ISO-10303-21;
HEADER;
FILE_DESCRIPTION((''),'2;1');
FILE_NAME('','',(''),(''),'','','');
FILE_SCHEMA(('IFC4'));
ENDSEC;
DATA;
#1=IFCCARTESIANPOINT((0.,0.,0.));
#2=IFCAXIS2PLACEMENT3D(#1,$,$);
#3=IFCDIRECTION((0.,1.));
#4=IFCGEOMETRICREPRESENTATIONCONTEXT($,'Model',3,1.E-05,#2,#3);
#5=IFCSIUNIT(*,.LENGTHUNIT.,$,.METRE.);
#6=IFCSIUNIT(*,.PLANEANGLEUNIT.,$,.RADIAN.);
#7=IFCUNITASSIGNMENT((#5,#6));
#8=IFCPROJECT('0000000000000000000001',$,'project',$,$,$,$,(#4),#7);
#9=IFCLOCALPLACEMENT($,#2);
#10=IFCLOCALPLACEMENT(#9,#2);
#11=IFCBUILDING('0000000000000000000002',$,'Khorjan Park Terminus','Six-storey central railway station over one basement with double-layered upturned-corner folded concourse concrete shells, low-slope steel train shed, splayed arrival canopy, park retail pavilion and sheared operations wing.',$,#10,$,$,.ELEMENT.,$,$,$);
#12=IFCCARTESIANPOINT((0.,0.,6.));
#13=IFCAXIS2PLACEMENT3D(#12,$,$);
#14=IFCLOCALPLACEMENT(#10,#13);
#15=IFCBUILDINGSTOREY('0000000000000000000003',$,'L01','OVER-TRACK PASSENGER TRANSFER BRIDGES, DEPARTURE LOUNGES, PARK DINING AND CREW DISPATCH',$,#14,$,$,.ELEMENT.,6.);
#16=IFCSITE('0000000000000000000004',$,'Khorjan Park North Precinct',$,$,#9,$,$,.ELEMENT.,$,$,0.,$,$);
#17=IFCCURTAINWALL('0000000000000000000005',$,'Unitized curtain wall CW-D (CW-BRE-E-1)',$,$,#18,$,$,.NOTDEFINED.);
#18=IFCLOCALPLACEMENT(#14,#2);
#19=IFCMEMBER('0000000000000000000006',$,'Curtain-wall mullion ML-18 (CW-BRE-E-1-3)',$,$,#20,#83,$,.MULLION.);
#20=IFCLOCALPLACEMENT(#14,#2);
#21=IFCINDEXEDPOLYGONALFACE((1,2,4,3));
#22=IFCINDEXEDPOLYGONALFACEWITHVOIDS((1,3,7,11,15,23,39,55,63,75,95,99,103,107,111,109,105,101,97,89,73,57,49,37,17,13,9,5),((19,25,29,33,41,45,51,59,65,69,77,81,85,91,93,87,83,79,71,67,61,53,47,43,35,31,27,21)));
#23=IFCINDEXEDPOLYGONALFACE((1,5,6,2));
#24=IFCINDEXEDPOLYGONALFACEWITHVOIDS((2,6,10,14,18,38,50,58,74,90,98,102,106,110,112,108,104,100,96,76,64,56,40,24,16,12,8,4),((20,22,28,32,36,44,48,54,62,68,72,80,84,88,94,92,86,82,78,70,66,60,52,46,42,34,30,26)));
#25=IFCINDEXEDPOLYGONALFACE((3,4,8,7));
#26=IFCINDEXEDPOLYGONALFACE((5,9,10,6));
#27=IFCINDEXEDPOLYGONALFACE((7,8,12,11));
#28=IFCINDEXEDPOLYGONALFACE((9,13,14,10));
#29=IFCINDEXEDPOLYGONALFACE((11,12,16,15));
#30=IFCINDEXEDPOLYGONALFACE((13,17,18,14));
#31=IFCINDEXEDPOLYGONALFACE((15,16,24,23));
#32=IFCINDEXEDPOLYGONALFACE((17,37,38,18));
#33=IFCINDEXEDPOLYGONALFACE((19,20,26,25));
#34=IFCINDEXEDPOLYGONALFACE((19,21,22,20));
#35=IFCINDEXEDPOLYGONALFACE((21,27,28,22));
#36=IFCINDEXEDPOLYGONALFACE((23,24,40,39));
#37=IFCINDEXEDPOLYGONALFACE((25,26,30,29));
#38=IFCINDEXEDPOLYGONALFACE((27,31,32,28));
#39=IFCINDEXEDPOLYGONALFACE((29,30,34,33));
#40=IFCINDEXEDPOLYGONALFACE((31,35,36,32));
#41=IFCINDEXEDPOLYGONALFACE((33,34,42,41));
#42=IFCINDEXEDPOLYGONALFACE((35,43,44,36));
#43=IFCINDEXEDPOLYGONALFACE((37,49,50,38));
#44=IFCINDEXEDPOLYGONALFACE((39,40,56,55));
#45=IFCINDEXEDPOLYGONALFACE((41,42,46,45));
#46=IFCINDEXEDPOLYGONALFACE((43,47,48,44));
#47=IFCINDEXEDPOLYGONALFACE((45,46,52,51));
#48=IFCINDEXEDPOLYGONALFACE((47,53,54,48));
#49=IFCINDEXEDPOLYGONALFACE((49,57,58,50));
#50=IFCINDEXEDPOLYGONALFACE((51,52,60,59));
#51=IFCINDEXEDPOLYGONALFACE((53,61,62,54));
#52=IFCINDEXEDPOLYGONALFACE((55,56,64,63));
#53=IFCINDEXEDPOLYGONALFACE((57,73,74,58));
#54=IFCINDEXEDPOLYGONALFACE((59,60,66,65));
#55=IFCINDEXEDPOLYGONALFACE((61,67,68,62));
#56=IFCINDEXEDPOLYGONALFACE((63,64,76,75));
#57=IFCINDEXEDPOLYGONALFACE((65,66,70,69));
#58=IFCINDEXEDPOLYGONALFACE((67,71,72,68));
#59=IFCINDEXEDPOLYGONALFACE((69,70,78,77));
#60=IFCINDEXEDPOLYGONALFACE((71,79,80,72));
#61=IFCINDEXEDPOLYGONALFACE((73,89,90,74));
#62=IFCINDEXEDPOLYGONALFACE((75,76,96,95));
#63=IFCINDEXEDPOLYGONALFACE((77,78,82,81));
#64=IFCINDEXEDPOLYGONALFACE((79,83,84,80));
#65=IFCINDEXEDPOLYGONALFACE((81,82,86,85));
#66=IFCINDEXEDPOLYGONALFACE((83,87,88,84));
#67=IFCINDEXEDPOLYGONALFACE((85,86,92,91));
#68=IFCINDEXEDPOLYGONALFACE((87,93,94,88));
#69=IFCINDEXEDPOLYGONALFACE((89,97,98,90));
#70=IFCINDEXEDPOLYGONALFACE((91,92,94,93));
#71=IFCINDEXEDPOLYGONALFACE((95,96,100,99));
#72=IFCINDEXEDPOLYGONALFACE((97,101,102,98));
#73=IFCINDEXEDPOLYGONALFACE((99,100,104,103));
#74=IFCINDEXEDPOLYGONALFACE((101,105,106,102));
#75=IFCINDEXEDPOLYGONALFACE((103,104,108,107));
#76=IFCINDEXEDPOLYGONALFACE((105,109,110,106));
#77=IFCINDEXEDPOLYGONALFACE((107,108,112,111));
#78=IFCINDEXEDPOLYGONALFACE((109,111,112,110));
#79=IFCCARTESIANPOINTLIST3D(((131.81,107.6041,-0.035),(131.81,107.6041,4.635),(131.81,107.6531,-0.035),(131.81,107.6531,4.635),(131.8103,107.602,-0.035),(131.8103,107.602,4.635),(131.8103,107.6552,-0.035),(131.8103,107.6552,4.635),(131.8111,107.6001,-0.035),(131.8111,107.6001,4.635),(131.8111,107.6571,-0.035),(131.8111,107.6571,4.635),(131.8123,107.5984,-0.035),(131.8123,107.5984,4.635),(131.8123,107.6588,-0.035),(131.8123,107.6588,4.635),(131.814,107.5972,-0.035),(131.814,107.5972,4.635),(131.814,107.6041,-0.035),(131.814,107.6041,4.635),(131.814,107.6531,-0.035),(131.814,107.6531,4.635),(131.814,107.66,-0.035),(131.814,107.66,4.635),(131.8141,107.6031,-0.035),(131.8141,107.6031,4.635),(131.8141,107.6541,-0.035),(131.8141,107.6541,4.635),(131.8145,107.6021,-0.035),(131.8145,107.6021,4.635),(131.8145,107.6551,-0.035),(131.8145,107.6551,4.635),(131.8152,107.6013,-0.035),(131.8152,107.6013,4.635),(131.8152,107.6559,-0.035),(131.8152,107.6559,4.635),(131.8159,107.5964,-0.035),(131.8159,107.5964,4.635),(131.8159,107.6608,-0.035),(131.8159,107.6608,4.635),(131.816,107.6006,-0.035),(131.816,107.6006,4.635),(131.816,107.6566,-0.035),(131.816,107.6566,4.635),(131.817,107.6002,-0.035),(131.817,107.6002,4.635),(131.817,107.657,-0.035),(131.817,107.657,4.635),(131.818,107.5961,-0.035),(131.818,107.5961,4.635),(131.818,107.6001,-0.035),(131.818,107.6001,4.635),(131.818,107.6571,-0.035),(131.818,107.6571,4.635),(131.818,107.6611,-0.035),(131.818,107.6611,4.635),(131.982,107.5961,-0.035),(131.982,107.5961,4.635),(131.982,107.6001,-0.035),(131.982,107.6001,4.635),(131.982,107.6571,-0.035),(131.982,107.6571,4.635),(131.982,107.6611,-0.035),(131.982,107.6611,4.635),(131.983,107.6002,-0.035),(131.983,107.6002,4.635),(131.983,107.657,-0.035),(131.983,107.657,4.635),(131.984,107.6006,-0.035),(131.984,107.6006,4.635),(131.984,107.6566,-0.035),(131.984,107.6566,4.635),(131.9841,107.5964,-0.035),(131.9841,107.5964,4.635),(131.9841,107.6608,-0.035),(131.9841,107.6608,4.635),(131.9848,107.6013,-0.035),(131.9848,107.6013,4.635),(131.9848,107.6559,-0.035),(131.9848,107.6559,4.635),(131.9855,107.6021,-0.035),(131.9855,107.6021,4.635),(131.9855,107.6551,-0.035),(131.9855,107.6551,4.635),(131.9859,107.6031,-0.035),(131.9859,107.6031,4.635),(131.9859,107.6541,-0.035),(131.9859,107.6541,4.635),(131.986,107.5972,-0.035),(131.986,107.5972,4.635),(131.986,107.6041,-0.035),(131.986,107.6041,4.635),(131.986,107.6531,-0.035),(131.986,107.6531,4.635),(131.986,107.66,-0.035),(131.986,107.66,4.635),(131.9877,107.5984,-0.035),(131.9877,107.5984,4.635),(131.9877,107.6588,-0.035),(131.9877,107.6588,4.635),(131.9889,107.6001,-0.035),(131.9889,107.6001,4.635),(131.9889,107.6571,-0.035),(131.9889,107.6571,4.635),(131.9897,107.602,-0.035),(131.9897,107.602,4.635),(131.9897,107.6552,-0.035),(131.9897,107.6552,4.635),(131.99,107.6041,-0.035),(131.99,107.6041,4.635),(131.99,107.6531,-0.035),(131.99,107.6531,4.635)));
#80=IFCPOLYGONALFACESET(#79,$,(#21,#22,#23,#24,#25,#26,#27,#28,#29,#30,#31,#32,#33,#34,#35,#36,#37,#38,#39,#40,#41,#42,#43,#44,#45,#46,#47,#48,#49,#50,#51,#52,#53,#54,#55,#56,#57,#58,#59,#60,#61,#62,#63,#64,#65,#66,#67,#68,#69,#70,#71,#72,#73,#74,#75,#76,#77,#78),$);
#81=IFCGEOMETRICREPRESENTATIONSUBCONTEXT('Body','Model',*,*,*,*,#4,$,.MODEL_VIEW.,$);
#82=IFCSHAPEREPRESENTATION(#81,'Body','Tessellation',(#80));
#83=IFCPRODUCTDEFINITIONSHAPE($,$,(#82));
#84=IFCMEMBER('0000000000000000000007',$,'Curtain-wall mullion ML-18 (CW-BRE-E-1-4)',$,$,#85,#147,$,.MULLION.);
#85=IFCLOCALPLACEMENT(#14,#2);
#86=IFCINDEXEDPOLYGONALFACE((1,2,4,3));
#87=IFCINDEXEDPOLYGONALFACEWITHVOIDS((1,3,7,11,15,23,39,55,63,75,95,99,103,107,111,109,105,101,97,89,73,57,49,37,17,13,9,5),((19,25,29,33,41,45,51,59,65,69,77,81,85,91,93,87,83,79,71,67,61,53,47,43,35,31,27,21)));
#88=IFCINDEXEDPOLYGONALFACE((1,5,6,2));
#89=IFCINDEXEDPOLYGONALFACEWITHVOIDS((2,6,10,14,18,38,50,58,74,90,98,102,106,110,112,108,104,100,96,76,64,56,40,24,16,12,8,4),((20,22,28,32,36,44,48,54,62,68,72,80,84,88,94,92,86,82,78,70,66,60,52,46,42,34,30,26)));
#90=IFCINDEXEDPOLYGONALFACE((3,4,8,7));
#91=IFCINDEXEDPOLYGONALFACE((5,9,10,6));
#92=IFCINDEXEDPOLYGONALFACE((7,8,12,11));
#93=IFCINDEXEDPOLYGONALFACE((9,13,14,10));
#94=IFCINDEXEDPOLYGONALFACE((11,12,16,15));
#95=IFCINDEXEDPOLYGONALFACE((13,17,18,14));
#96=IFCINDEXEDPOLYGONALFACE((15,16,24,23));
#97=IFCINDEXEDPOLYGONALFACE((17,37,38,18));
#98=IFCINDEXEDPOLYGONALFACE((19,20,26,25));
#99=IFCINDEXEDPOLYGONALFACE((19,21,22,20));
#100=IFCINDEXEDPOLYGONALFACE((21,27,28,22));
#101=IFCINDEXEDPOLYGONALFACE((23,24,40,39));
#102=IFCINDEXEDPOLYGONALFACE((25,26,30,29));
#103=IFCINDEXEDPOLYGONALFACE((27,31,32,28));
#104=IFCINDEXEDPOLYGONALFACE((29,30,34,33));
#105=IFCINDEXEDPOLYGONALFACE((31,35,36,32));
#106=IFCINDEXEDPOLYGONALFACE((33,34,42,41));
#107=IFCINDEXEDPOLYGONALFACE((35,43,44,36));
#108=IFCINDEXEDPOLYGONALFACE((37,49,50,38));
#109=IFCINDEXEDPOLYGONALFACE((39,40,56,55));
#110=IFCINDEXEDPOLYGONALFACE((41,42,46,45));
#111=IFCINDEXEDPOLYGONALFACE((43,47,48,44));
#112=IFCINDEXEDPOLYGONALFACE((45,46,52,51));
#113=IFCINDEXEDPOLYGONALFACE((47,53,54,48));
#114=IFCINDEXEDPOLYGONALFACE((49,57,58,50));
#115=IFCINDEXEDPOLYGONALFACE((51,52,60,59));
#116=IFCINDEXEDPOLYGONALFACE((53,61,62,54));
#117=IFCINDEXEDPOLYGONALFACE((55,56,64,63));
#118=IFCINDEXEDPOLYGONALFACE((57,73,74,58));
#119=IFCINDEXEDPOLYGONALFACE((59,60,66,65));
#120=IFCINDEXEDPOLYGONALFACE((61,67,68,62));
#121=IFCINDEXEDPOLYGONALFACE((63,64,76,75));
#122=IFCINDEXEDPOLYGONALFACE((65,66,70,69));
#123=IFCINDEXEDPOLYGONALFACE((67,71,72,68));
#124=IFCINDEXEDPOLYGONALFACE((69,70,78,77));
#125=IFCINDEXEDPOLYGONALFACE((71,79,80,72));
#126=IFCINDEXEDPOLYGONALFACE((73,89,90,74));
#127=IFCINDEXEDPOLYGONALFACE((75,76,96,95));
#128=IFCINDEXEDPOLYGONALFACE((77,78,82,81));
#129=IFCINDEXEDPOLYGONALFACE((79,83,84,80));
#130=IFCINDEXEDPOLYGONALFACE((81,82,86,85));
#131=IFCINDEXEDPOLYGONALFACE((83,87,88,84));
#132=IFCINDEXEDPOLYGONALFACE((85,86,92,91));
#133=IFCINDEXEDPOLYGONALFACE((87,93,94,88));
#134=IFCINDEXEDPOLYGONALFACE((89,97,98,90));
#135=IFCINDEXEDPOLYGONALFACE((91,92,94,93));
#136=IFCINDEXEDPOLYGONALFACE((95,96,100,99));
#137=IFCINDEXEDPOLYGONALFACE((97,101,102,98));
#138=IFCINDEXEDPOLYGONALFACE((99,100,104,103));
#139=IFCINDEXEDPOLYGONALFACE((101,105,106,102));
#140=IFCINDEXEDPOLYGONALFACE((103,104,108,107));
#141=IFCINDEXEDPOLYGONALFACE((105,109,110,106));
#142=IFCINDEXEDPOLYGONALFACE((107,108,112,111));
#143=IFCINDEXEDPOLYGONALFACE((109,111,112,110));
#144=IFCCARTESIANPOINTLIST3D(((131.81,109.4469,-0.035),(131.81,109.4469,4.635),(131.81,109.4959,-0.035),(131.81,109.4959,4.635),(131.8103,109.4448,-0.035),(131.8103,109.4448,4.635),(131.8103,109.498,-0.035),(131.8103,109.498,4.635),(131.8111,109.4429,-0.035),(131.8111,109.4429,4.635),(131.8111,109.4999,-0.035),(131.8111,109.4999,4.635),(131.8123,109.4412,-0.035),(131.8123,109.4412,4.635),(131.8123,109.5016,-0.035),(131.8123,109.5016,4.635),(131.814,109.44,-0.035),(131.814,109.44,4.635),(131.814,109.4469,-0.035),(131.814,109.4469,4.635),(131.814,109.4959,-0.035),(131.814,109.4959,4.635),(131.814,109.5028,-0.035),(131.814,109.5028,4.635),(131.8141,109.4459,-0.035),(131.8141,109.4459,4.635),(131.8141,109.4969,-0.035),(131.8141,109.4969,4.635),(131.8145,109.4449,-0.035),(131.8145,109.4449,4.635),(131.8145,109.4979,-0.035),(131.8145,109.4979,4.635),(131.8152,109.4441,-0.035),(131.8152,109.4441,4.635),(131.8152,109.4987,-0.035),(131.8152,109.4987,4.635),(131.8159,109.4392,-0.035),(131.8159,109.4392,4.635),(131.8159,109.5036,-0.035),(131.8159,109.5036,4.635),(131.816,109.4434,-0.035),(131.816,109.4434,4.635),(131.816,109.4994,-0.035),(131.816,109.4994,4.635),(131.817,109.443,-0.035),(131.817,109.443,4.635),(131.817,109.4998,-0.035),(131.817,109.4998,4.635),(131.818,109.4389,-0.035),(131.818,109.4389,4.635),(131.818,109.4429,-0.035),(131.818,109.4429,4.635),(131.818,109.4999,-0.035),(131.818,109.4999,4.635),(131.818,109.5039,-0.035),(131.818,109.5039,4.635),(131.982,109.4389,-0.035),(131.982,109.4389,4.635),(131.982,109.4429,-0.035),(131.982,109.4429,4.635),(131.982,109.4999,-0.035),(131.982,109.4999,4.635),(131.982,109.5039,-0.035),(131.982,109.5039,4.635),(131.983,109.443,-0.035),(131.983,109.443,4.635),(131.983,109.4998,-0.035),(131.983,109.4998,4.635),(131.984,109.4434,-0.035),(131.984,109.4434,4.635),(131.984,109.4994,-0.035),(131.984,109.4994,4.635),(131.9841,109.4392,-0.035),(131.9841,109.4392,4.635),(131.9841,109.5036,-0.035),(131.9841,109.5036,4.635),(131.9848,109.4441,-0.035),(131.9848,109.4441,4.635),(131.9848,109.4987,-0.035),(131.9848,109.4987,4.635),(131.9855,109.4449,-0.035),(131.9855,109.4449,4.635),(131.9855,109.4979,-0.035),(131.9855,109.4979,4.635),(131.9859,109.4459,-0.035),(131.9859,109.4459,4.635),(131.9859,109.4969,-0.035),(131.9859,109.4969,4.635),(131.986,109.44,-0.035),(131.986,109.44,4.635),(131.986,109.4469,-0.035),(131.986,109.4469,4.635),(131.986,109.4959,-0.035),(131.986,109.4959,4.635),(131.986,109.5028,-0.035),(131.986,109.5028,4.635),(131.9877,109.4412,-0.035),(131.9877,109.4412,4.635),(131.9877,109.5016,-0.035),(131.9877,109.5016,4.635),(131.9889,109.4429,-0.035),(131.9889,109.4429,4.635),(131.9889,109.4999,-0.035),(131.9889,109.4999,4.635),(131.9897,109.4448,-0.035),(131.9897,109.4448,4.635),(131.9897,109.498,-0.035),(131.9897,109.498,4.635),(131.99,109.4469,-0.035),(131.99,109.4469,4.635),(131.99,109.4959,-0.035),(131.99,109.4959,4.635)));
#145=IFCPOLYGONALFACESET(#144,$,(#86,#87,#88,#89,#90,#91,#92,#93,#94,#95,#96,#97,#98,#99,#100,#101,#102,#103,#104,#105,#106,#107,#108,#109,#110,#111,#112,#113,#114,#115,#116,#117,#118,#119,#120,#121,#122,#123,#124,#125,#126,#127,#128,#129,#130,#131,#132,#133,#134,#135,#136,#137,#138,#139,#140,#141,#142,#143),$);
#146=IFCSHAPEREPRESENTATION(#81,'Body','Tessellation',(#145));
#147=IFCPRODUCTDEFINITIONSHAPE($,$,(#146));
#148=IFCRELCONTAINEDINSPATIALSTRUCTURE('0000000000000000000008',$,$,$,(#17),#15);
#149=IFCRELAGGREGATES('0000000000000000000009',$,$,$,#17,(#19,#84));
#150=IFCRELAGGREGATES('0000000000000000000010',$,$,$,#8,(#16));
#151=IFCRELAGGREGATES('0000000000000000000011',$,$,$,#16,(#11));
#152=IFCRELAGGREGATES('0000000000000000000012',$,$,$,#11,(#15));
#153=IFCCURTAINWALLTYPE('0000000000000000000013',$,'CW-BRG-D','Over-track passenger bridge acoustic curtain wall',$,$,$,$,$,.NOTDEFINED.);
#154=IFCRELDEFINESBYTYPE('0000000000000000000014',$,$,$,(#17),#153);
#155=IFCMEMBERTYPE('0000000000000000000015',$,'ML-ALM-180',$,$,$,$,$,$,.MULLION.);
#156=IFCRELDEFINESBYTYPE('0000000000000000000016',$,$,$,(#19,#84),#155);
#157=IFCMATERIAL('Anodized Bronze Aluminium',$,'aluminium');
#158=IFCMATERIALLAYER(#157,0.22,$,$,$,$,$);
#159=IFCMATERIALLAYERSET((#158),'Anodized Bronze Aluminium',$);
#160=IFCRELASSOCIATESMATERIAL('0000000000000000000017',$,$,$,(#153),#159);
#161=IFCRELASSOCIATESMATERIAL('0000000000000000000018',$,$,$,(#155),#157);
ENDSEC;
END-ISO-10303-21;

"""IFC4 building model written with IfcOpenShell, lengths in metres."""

from ifc_helpers import new_model, si_unit, direction, frame, origin, origin_2d, place, context, subcontext, project, spatial, hollow_rectangle, extrude, material, layer, layer_set, material_profile, profile_set, type_object, element, aggregate, save


model = new_model("IFC4")

# Units and contexts
model_context = context("Model", 3, precision=1e-05, world=origin(), true_north=direction((0.0, 1.0)))
body_context = subcontext(model_context, "Body", "Model", "MODEL_VIEW")
ifc_project = project(units=[si_unit("LENGTHUNIT", "METRE"), si_unit("PLANEANGLEUNIT", "RADIAN")], contexts=[model_context])

# Site, building, storey
site_placement = place(None, origin())
site = spatial("IfcSite", under=ifc_project, at=site_placement, Name="Khorjan Park North Precinct", CompositionType="ELEMENT", RefElevation=0.0)
building_placement = place(site_placement, origin())
building = spatial("IfcBuilding", under=site, at=building_placement, Name="Khorjan Park Terminus", Description="Six-storey central railway station over one basement with double-layered upturned-corner folded concourse concrete shells, low-slope steel train shed, splayed arrival canopy, park retail pavilion and sheared operations wing.", CompositionType="ELEMENT")
storey_placement = place(building_placement, frame((0.0, 0.0, 6.0)))
storey = spatial("IfcBuildingStorey", under=building, at=storey_placement, Name="L01", Description="OVER-TRACK PASSENGER TRANSFER BRIDGES, DEPARTURE LOUNGES, PARK DINING AND CREW DISPATCH", CompositionType="ELEMENT", Elevation=6.0)

# Curtain wall, members
ifc_material_1 = material(Name="Anodized Bronze Aluminium", Category="aluminium")
ifc_layer_1 = layer(ifc_material_1, 0.22)
ifc_layer_set_1 = layer_set([ifc_layer_1], Name="Anodized Bronze Aluminium")
curtain_wall_type = type_object("IfcCurtainWallType", Name="CW-BRG-D", Description="Over-track passenger bridge acoustic curtain wall", PredefinedType="NOTDEFINED", material=ifc_layer_set_1)
curtain_wall_1_placement = place(storey_placement, origin())
curtain_wall_1 = element("IfcCurtainWall", 1, at=curtain_wall_1_placement, inside=storey, type_object=curtain_wall_type, Name="Unitized curtain wall CW-D (CW-BRE-E-1)", PredefinedType="NOTDEFINED")
ifc_material_profile_1 = material_profile(ifc_material_1, hollow_rectangle(XDim=0.065, YDim=0.18, WallThickness=0.004, InnerFilletRadius=0.004, OuterFilletRadius=0.008, at=origin_2d()), Name="ALM 65x180x4")
ifc_profile_set_1 = profile_set([ifc_material_profile_1], Name="Anodized Bronze Aluminium")
member_type_1 = type_object("IfcMemberType", Name="ML-ALM-180", PredefinedType="MULLION", material=ifc_profile_set_1)
member_1_placement = place(storey_placement, frame((131.9, 107.6286, -0.035), z_axis=(0.0, 0.0, 1.0), x_axis=(0.0, 1.0, 0.0)))
member_1 = element("IfcMember", 2, at=member_1_placement, type_object=member_type_1, Name="Curtain-wall mullion ML-18 (CW-BRE-E-1-3)", PredefinedType="MULLION", context=body_context, shape_type="SweptSolid", body=[
    extrude(hollow_rectangle(XDim=0.065, YDim=0.18, WallThickness=0.004, InnerFilletRadius=0.004, OuterFilletRadius=0.008, at=origin_2d()), origin(), (0.0, 0.0, 1.0), 4.67),
])
member_2_placement = place(storey_placement, frame((131.9, 109.4714, -0.035), z_axis=(0.0, 0.0, 1.0), x_axis=(0.0, 1.0, 0.0)))
member_2 = element("IfcMember", 3, at=member_2_placement, type_object=member_type_1, Name="Curtain-wall mullion ML-18 (CW-BRE-E-1-4)", PredefinedType="MULLION", context=body_context, shape_type="SweptSolid", body=[
    extrude(hollow_rectangle(XDim=0.065, YDim=0.18, WallThickness=0.004, InnerFilletRadius=0.004, OuterFilletRadius=0.008, at=origin_2d()), origin(), (0.0, 0.0, 1.0), 4.67),
])

aggregate(curtain_wall_1, [member_1, member_2])

save(model, "model.ifc")
